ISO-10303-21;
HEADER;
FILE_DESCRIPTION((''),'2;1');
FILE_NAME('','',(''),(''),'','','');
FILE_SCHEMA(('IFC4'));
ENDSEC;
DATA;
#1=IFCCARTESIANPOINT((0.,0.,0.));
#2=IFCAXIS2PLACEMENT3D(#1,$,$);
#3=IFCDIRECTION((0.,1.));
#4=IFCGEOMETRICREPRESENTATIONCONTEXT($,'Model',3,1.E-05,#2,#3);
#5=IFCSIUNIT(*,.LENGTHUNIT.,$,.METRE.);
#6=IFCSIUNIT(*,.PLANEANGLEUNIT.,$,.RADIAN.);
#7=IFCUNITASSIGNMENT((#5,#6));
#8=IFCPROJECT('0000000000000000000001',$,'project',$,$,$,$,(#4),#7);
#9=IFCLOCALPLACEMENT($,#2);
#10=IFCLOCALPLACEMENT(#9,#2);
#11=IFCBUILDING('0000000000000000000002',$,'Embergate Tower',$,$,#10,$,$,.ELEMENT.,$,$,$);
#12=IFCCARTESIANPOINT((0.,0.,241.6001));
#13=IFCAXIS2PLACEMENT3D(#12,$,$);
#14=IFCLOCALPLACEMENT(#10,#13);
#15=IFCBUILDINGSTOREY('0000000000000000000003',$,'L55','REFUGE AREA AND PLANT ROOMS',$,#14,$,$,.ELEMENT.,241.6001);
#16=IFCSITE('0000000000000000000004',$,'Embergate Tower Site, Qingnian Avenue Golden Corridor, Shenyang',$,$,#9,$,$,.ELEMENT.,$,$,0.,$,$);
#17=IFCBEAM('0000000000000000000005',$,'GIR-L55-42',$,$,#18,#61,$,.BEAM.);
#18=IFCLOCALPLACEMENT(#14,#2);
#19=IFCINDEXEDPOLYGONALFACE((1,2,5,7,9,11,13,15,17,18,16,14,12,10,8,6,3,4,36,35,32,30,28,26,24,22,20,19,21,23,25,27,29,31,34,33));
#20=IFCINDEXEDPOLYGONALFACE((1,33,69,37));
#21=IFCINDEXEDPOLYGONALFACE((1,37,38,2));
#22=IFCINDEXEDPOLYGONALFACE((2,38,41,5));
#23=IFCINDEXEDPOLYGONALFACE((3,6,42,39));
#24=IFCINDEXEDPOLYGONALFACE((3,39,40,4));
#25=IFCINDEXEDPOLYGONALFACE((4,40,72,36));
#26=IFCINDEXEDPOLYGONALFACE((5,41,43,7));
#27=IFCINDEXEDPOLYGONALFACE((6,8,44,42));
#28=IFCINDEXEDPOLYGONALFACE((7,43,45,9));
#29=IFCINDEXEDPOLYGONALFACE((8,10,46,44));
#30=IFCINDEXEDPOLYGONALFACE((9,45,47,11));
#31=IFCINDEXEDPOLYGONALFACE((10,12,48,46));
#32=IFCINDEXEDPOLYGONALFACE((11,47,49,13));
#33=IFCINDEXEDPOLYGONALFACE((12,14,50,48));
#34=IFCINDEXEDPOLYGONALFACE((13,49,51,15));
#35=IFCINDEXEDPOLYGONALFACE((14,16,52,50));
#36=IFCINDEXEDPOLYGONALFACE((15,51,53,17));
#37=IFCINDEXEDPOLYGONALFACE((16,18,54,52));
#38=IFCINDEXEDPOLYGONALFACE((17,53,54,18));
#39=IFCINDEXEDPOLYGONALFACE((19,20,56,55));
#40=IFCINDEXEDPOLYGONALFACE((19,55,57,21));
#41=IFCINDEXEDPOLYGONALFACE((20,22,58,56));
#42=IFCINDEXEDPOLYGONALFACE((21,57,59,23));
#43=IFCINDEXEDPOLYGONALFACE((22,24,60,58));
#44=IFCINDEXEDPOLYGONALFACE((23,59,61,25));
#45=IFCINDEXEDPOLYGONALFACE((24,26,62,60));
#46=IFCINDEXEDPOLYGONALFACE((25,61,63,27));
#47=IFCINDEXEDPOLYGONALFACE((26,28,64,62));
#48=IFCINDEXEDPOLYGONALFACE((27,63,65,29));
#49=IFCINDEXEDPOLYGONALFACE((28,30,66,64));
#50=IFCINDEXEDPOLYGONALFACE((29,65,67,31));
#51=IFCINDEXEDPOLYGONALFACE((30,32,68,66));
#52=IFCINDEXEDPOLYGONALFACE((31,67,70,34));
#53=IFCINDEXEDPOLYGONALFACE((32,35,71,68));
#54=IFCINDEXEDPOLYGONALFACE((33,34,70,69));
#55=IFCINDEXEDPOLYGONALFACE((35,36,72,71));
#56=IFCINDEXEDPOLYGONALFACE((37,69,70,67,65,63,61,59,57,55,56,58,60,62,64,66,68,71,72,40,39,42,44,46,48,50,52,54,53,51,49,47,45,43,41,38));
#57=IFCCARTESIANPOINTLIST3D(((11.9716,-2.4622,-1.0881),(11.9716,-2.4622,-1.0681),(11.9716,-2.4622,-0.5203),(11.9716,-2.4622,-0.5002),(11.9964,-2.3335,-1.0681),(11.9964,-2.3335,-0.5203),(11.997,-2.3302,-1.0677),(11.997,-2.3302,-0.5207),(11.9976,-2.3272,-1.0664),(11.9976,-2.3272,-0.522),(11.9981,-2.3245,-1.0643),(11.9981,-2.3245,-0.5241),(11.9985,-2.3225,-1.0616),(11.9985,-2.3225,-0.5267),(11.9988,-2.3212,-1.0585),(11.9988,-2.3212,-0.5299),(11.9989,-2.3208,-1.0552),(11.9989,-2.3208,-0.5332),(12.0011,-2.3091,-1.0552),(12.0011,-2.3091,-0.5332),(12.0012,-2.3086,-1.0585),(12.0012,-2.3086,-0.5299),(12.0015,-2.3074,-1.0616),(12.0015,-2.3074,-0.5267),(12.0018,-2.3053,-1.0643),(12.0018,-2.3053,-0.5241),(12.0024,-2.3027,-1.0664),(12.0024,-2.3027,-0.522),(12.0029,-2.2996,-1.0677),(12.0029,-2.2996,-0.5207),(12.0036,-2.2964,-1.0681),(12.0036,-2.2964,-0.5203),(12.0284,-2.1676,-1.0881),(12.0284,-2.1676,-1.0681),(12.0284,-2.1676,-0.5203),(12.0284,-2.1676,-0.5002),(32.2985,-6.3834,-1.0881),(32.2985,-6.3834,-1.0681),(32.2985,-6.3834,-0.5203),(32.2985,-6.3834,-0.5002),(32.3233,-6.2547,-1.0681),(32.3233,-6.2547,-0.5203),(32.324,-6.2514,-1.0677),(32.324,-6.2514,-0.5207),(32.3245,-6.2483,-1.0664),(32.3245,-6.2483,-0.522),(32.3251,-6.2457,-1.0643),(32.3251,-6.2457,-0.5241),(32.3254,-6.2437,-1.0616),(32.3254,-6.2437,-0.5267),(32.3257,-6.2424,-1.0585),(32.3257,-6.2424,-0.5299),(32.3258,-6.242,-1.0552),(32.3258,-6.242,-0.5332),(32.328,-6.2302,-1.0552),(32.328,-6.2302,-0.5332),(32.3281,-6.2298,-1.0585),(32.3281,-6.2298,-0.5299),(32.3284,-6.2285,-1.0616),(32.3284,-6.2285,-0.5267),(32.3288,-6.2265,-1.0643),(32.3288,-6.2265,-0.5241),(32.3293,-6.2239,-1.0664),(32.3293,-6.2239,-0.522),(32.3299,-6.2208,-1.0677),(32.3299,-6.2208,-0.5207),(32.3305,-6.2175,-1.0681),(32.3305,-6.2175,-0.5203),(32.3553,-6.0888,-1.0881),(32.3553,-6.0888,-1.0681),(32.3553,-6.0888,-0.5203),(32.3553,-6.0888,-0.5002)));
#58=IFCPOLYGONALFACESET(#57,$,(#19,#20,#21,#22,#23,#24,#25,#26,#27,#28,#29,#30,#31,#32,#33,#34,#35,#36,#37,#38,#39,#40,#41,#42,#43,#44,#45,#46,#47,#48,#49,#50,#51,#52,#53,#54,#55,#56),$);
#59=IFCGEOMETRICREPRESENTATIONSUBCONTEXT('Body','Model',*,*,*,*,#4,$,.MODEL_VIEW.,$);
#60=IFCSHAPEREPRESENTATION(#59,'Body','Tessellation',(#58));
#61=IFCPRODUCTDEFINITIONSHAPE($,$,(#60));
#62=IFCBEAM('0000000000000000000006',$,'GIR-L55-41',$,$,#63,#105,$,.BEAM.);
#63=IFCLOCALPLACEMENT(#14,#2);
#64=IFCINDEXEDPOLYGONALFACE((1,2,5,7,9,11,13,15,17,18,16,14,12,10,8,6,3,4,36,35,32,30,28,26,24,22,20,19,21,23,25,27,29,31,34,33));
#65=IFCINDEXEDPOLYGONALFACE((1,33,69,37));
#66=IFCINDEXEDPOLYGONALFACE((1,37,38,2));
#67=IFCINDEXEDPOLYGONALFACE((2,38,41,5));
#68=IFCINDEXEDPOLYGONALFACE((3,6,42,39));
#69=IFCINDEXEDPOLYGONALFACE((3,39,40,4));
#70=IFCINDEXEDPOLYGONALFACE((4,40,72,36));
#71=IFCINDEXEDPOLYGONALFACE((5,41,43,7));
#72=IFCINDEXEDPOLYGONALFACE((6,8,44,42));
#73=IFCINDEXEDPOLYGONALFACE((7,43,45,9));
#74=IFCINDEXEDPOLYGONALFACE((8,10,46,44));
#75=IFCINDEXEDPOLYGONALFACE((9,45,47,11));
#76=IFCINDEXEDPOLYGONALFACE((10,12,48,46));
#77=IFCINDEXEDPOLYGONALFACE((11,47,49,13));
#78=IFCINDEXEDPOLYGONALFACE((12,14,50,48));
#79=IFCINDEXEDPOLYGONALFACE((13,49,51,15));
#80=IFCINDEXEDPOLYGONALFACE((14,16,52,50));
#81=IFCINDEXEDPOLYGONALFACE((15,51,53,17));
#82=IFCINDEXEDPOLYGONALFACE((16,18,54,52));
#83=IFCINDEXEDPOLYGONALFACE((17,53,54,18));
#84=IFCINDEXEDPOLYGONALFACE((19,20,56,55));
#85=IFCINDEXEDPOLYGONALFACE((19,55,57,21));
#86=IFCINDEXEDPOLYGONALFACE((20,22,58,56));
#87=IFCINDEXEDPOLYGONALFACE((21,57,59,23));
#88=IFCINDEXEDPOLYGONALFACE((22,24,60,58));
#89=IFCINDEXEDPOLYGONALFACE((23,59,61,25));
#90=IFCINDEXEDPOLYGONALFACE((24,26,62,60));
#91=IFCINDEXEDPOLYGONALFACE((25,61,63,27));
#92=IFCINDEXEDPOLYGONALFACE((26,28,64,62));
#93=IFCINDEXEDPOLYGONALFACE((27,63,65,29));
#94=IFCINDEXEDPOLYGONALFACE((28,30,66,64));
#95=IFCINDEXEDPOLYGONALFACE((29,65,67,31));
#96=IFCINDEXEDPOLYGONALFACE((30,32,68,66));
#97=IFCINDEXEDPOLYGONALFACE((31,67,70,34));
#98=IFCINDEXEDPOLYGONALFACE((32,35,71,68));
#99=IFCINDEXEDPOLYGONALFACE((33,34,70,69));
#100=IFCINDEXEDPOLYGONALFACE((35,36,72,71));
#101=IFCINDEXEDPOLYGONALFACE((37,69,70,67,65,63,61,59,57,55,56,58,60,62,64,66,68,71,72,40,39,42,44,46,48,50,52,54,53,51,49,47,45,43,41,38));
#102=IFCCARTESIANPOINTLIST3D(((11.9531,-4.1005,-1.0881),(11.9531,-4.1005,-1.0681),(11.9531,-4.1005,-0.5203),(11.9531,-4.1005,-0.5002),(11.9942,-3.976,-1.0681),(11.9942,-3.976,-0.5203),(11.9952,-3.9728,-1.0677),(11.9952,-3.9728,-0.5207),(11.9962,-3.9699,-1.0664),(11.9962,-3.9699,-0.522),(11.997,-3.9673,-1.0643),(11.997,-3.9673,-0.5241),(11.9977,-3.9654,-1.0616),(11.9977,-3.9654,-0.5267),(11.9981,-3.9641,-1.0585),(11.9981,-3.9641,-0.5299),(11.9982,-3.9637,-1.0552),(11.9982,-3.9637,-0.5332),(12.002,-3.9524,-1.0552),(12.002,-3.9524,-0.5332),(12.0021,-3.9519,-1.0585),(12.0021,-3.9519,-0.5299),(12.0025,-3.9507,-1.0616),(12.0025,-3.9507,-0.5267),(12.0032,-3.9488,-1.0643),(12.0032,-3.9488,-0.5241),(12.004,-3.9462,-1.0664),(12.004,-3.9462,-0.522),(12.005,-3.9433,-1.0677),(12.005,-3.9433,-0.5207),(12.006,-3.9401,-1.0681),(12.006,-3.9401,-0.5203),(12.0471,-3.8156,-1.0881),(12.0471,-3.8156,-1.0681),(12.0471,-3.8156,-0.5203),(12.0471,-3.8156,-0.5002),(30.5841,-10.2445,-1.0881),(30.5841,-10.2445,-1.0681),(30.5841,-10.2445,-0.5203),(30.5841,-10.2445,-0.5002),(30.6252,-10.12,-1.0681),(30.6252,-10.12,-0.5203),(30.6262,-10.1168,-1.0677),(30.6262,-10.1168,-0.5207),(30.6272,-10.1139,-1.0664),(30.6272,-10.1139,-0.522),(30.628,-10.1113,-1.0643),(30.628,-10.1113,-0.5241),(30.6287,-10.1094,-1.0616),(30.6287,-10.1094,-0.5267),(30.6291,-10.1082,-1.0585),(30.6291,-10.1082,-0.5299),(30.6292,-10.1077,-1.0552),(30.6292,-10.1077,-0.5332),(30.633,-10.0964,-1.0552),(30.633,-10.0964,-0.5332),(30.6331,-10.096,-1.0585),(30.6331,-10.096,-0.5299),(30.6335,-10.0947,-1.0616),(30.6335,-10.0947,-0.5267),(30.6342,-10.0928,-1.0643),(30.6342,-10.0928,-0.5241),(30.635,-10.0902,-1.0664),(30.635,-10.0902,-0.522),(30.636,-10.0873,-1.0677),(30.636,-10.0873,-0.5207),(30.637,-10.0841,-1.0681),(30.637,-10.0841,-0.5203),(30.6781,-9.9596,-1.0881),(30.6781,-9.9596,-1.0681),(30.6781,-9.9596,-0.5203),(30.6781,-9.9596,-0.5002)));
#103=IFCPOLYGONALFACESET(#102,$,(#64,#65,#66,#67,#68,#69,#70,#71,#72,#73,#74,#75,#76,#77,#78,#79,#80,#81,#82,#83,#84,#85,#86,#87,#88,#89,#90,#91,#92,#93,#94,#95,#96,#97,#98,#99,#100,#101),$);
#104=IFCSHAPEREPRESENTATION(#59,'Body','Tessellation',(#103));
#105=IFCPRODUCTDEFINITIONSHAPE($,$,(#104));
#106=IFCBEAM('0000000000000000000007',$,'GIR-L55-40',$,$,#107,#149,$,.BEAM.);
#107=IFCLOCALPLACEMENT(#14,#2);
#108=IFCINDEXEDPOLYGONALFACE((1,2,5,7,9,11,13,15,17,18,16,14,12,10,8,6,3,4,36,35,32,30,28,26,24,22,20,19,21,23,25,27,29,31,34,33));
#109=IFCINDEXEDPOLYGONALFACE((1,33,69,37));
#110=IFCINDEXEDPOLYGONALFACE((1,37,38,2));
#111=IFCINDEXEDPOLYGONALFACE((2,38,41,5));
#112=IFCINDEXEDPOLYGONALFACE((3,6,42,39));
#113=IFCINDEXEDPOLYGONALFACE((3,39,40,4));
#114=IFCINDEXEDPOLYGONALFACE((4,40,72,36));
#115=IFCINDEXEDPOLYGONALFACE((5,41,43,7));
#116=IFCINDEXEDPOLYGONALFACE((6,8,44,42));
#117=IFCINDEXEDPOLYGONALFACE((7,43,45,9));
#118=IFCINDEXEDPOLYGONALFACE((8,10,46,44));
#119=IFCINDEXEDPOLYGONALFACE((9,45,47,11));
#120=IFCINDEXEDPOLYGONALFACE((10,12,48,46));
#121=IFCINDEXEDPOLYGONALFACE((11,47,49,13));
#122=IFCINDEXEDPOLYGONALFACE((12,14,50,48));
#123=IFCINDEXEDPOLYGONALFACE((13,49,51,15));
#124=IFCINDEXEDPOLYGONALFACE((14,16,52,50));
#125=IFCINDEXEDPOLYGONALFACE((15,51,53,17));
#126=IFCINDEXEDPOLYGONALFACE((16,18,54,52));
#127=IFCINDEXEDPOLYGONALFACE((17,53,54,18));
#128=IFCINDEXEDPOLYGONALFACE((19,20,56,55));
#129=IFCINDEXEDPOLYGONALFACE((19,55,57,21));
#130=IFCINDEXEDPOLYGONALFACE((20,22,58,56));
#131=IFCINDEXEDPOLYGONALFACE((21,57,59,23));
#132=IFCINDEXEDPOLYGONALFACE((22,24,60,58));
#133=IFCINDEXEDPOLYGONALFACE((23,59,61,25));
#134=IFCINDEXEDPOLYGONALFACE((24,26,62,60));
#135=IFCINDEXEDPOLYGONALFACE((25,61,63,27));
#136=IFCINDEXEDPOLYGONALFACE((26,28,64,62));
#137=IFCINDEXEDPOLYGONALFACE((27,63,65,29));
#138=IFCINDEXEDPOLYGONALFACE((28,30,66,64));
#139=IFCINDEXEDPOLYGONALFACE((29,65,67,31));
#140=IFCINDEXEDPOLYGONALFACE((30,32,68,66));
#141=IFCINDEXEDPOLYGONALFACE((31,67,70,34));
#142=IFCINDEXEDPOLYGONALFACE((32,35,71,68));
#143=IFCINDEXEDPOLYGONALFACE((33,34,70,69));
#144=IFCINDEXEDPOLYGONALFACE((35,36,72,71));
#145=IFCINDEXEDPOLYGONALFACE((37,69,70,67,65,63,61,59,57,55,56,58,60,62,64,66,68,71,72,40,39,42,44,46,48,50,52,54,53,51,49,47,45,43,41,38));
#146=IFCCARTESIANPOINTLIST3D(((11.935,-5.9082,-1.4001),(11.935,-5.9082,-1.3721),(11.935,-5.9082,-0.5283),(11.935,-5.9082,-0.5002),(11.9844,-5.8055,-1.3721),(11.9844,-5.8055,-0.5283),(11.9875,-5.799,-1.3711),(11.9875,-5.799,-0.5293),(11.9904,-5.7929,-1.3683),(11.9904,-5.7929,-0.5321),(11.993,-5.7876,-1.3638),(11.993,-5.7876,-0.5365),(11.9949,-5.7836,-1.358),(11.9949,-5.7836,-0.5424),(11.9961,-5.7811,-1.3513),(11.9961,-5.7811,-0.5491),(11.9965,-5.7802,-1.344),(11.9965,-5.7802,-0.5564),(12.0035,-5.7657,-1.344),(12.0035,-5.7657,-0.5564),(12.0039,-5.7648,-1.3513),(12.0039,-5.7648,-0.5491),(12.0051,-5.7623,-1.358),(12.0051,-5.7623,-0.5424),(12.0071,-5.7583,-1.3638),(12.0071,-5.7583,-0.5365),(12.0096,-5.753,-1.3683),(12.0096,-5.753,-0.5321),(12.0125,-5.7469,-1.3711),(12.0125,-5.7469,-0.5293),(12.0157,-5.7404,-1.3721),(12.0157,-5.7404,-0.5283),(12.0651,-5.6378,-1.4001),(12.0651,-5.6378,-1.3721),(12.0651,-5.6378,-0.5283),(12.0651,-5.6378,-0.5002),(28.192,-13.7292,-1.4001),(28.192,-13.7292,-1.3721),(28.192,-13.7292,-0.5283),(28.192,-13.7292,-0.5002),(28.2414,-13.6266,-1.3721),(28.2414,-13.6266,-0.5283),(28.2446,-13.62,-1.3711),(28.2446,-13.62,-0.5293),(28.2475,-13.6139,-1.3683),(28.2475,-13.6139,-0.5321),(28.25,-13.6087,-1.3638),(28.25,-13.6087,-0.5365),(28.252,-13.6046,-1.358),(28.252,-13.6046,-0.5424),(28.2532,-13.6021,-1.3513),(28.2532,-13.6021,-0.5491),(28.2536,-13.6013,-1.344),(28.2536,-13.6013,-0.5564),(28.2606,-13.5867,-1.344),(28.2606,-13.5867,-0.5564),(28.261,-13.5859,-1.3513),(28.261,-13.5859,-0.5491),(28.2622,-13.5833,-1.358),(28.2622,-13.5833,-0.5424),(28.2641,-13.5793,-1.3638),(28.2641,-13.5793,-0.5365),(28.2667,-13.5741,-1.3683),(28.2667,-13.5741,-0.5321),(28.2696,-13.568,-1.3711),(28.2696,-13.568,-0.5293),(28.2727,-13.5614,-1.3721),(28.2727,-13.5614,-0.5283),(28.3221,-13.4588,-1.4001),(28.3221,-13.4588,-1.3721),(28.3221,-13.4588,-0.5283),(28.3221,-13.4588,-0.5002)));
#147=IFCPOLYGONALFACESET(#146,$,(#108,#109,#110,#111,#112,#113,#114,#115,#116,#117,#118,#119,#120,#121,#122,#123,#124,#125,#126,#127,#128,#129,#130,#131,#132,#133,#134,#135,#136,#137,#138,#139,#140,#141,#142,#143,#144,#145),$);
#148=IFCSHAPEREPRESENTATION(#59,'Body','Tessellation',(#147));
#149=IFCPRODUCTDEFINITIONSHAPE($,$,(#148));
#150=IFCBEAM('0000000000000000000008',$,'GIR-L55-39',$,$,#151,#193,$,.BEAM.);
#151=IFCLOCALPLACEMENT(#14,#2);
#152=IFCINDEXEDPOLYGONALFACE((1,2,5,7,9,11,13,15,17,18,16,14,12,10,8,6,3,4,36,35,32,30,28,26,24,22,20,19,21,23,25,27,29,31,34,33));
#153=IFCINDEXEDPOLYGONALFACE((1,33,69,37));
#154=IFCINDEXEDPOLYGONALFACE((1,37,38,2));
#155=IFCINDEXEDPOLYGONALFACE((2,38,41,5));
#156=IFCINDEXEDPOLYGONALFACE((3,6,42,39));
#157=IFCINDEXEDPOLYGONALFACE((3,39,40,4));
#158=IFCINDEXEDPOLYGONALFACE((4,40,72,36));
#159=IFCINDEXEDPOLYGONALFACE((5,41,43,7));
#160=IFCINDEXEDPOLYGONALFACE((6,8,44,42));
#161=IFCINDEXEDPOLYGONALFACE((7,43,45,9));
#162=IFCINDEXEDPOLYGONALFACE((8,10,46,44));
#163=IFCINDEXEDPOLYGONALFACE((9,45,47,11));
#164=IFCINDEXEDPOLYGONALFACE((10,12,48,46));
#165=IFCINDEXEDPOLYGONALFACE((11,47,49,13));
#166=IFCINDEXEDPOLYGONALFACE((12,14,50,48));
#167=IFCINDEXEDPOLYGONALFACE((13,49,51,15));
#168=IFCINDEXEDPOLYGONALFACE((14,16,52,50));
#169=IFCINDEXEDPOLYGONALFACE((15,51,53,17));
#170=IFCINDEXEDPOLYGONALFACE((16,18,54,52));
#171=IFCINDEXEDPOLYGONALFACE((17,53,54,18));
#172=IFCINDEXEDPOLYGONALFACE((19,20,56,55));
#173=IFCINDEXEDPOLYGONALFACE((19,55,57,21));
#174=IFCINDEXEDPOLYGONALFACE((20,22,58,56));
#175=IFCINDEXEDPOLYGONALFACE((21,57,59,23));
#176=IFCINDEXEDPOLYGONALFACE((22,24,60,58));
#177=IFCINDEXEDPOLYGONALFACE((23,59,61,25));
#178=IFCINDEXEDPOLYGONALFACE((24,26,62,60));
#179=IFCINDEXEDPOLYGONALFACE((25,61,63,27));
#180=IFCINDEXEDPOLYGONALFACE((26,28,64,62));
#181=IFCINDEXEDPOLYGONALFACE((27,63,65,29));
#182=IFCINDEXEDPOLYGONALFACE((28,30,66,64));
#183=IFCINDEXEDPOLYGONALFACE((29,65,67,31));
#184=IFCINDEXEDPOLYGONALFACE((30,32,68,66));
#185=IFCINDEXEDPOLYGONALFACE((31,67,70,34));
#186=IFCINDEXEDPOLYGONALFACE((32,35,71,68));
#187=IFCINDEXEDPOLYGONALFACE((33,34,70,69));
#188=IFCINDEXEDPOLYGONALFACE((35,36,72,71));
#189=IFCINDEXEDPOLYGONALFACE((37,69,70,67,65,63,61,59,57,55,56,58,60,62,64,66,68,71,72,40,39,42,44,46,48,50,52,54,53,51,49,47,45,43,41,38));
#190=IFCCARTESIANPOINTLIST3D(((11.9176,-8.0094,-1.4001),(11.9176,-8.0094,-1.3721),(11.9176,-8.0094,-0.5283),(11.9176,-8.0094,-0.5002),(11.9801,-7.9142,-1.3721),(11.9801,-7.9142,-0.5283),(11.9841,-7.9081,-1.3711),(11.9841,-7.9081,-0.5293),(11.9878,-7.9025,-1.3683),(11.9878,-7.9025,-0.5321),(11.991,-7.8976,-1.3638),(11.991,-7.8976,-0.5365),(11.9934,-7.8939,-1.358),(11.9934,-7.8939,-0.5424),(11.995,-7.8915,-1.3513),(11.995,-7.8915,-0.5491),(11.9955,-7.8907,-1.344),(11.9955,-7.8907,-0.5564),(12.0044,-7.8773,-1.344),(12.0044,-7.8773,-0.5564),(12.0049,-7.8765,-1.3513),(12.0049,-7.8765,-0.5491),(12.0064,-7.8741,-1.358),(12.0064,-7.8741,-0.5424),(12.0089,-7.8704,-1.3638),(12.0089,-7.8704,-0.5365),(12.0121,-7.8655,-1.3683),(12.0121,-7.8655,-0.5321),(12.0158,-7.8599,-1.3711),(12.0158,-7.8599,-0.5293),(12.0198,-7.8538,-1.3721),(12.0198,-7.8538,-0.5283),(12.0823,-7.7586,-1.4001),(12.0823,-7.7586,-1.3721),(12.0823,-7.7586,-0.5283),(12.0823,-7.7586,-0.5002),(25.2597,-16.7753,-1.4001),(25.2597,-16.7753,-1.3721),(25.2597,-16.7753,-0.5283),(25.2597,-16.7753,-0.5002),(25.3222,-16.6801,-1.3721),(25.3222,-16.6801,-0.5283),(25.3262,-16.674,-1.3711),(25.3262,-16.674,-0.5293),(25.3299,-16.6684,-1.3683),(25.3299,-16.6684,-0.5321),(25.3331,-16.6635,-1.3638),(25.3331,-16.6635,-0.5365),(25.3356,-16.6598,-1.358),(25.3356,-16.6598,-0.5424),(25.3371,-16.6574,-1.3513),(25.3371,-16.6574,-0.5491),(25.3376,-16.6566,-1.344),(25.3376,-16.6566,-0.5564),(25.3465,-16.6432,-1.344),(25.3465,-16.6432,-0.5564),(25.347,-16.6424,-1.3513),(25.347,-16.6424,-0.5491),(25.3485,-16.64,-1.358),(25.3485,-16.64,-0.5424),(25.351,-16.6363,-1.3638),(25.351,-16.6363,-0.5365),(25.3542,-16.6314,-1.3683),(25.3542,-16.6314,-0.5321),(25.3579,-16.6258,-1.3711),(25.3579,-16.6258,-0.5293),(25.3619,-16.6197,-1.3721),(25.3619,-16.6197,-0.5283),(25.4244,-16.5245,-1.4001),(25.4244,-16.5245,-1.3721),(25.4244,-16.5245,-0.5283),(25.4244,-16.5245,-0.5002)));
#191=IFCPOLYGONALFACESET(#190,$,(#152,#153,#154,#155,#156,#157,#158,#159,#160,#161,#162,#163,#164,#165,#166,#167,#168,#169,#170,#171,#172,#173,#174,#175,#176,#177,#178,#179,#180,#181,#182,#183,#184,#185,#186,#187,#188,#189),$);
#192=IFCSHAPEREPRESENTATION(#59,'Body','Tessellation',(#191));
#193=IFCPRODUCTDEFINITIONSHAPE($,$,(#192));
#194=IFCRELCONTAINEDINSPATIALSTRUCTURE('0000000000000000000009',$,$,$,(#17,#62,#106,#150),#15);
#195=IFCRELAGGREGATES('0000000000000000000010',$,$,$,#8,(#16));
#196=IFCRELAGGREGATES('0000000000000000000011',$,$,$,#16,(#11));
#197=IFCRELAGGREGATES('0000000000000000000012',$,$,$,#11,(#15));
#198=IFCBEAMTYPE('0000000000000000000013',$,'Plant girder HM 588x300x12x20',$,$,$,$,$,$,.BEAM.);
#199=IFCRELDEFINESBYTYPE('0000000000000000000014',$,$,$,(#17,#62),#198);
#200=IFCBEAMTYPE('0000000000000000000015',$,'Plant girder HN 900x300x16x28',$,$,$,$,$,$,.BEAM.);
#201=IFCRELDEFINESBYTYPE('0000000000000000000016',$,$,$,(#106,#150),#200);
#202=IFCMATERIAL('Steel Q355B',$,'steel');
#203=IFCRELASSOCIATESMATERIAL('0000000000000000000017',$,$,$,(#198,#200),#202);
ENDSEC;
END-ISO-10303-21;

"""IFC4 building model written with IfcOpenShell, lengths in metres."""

from ifc_helpers import new_model, si_unit, direction, frame, origin, origin_2d, place, context, subcontext, project, spatial, i_section, extrude, source, transform, mapped, material, material_profile, profile_set, type_object, element, save


model = new_model("IFC4")

# Units and contexts
model_context = context("Model", 3, precision=1e-05, world=origin(), true_north=direction((0.0, 1.0)))
body_context = subcontext(model_context, "Body", "Model", "MODEL_VIEW")
ifc_project = project(units=[si_unit("LENGTHUNIT", "METRE"), si_unit("PLANEANGLEUNIT", "RADIAN")], contexts=[model_context])

# Site, building, storey
site_placement = place(None, origin())
site = spatial("IfcSite", under=ifc_project, at=site_placement, Name="Embergate Tower Site, Qingnian Avenue Golden Corridor, Shenyang", CompositionType="ELEMENT", RefElevation=0.0)
building_placement = place(site_placement, origin())
building = spatial("IfcBuilding", under=site, at=building_placement, Name="Embergate Tower", CompositionType="ELEMENT")
storey_placement = place(building_placement, frame((0.0, 0.0, 241.6001)))
storey = spatial("IfcBuildingStorey", under=building, at=storey_placement, Name="L55", Description="REFUGE AREA AND PLANT ROOMS", CompositionType="ELEMENT", Elevation=241.6001)

# Beams
ifc_material_1 = material(Name="Steel Q355B", Category="steel")
ifc_material_profile_1 = material_profile(ifc_material_1, i_section(OverallWidth=0.3, OverallDepth=0.5879, WebThickness=0.012, FlangeThickness=0.02, FilletRadius=0.0129, at=origin_2d()), Name="HM 588x300x12x20")
ifc_profile_set_1 = profile_set([ifc_material_profile_1], Name="Steel Q355 grade B")
beam_type_1 = type_object("IfcBeamType", Name="Plant girder HM 588x300x12x20", PredefinedType="BEAM", material=ifc_profile_set_1)
shared_shape_1 = source(origin(), body_context, "Body", "SweptSolid", [
    extrude(i_section(OverallWidth=0.3, OverallDepth=0.5879, WebThickness=0.012, FlangeThickness=0.02, FilletRadius=0.0129, at=origin_2d()), origin(), (0.0, 0.0, 1.0), 20.7017),
])
beam_1_placement = place(storey_placement, frame((32.3269, -6.2361, -0.7942), z_axis=(-0.981898, 0.189412, 0.0), x_axis=(-0.189412, -0.981898, 0.0)))
element("IfcBeam", 1, at=beam_1_placement, inside=storey, type_object=beam_type_1, Name="GIR-L55-42", PredefinedType="BEAM", context=body_context, shape_type="MappedRepresentation", body=[
    mapped(shared_shape_1, transform((0.0, 0.0, 0.0))),
])
shared_shape_2 = source(origin(), body_context, "Body", "SweptSolid", [
    extrude(i_section(OverallWidth=0.3, OverallDepth=0.5879, WebThickness=0.012, FlangeThickness=0.02, FilletRadius=0.0129, at=origin_2d()), origin(), (0.0, 0.0, 1.0), 19.6179),
])
beam_2_placement = place(storey_placement, frame((30.6311, -10.1021, -0.7942), z_axis=(-0.949693, 0.313183, 0.0), x_axis=(-0.313183, -0.949693, 0.0)))
element("IfcBeam", 2, at=beam_2_placement, inside=storey, type_object=beam_type_1, Name="GIR-L55-41", PredefinedType="BEAM", context=body_context, shape_type="MappedRepresentation", body=[
    mapped(shared_shape_2, transform((0.0, 0.0, 0.0))),
])
ifc_material_profile_2 = material_profile(ifc_material_1, i_section(OverallWidth=0.3, OverallDepth=0.8999, WebThickness=0.0161, FlangeThickness=0.0281, FilletRadius=0.0281, at=origin_2d()), Name="HN 900x300x16x28")
ifc_profile_set_2 = profile_set([ifc_material_profile_2], Name="Steel Q355 grade B")
beam_type_2 = type_object("IfcBeamType", Name="Plant girder HN 900x300x16x28", PredefinedType="BEAM", material=ifc_profile_set_2)
shared_shape_3 = source(origin(), body_context, "Body", "SweptSolid", [
    extrude(i_section(OverallWidth=0.3, OverallDepth=0.8999, WebThickness=0.0161, FlangeThickness=0.0281, FilletRadius=0.0281, at=origin_2d()), origin(), (0.0, 0.0, 1.0), 18.0405),
])
beam_3_placement = place(storey_placement, frame((28.2571, -13.594, -0.9502), z_axis=(-0.901141, 0.433526, 0.0), x_axis=(-0.433526, -0.901141, 0.0)))
element("IfcBeam", 3, at=beam_3_placement, inside=storey, type_object=beam_type_2, Name="GIR-L55-40", PredefinedType="BEAM", context=body_context, shape_type="MappedRepresentation", body=[
    mapped(shared_shape_3, transform((0.0, 0.0, 0.0))),
])
shared_shape_4 = source(origin(), body_context, "Body", "SweptSolid", [
    extrude(i_section(OverallWidth=0.3, OverallDepth=0.8999, WebThickness=0.0161, FlangeThickness=0.0281, FilletRadius=0.0281, at=origin_2d()), origin(), (0.0, 0.0, 1.0), 15.9641),
])
beam_4_placement = place(storey_placement, frame((25.342, -16.6499, -0.9502), z_axis=(-0.835756, 0.549101, 0.0), x_axis=(-0.549101, -0.835756, 0.0)))
element("IfcBeam", 4, at=beam_4_placement, inside=storey, type_object=beam_type_2, Name="GIR-L55-39", PredefinedType="BEAM", context=body_context, shape_type="MappedRepresentation", body=[
    mapped(shared_shape_4, transform((0.0, 0.0, 0.0))),
])

save(model, "model.ifc")
